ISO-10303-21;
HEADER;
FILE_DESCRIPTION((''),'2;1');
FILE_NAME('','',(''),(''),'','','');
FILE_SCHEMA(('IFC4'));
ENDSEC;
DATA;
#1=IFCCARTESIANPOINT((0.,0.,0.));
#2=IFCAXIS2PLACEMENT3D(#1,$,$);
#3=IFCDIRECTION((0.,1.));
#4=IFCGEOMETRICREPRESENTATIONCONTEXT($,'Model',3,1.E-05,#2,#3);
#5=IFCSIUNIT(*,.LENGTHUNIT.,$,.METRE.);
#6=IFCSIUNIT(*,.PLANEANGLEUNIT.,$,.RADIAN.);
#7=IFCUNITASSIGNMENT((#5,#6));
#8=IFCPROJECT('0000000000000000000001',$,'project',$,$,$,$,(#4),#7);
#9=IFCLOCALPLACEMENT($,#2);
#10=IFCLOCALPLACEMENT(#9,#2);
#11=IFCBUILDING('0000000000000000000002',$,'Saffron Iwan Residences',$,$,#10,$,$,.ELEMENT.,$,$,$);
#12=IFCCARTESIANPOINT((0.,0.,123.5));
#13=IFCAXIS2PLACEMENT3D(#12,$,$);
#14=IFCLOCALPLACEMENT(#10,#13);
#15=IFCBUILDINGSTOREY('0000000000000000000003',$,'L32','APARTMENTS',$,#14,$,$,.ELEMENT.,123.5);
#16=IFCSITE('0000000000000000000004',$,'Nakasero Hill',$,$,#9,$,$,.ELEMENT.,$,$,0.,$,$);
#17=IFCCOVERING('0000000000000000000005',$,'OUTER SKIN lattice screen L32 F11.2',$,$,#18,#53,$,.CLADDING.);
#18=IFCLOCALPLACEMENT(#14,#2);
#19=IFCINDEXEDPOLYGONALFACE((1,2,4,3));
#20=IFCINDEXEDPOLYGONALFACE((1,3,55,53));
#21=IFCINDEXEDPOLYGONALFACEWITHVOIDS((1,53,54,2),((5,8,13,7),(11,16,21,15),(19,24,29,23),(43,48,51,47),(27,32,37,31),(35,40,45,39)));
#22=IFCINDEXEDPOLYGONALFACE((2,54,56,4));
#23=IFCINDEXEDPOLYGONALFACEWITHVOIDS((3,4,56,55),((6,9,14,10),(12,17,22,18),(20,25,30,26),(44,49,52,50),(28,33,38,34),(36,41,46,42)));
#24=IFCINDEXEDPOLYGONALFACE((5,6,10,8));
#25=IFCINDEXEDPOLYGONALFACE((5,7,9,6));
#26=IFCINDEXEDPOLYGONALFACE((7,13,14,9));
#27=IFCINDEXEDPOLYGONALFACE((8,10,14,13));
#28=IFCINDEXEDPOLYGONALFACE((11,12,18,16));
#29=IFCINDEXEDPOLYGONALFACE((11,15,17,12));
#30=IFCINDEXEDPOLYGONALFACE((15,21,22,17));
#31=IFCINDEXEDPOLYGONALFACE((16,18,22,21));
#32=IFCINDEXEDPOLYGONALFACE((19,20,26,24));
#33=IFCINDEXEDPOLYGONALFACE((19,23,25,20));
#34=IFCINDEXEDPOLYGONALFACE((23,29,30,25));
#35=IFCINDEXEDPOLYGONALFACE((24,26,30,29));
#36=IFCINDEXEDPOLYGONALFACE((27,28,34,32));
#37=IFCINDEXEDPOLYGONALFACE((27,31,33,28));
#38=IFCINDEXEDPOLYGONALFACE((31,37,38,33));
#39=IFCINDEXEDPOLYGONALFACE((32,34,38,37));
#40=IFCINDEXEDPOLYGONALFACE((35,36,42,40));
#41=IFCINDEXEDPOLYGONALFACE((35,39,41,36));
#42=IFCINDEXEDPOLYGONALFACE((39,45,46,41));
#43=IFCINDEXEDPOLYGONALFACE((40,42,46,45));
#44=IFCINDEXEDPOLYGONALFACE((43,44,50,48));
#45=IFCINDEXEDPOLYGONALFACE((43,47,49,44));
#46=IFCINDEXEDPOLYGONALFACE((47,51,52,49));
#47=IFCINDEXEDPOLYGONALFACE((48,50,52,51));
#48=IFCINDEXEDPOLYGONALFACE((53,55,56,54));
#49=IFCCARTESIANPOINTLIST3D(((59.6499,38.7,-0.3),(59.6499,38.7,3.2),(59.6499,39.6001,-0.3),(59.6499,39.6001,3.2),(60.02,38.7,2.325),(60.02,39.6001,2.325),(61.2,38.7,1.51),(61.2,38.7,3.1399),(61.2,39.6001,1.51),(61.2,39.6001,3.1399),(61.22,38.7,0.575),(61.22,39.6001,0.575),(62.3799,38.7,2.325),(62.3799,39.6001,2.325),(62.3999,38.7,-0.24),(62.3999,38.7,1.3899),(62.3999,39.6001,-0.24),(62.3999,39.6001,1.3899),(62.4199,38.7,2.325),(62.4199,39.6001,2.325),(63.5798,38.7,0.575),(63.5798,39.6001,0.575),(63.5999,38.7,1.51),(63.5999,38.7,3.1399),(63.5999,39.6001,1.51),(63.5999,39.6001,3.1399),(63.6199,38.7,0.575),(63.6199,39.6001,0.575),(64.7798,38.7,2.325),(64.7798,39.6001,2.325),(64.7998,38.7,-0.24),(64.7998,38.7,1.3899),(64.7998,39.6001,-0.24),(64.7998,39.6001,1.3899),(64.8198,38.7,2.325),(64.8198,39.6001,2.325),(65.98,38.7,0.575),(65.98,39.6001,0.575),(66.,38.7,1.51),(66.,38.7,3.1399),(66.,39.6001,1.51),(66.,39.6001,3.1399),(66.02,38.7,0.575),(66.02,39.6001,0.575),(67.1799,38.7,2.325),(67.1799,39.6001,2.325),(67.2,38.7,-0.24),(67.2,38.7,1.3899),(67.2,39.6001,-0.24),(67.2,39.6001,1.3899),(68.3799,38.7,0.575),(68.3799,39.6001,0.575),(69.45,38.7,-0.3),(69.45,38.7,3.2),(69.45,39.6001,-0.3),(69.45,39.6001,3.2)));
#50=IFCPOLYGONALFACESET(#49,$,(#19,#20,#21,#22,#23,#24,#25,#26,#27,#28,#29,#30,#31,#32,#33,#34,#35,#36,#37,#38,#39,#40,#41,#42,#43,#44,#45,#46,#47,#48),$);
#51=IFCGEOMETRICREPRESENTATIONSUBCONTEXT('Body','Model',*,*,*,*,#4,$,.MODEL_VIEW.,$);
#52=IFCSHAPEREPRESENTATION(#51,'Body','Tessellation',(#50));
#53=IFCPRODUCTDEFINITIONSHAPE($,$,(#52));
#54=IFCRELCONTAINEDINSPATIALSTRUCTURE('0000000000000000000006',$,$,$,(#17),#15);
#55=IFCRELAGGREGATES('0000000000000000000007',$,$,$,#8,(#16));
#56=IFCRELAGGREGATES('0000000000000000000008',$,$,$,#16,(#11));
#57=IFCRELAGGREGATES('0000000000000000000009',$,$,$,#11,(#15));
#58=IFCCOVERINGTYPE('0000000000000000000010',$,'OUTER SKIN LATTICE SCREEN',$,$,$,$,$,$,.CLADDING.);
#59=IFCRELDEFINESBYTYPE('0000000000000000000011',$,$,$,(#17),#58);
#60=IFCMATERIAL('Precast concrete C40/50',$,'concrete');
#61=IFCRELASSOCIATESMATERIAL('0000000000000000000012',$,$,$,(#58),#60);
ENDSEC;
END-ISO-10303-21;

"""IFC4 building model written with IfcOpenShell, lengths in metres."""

from ifc_helpers import new_model, si_unit, direction, frame, origin, place, context, subcontext, project, spatial, polyline, outline, extrude, material, type_object, element, save


model = new_model("IFC4")

# Units and contexts
model_context = context("Model", 3, precision=1e-05, world=origin(), true_north=direction((0.0, 1.0)))
body_context = subcontext(model_context, "Body", "Model", "MODEL_VIEW")
ifc_project = project(units=[si_unit("LENGTHUNIT", "METRE"), si_unit("PLANEANGLEUNIT", "RADIAN")], contexts=[model_context])

# Site, building, storey
site_placement = place(None, origin())
site = spatial("IfcSite", under=ifc_project, at=site_placement, Name="Nakasero Hill", CompositionType="ELEMENT", RefElevation=0.0)
building_placement = place(site_placement, origin())
building = spatial("IfcBuilding", under=site, at=building_placement, Name="Saffron Iwan Residences", CompositionType="ELEMENT")
storey_placement = place(building_placement, frame((0.0, 0.0, 123.5)))
storey = spatial("IfcBuildingStorey", under=building, at=storey_placement, Name="L32", Description="APARTMENTS", CompositionType="ELEMENT", Elevation=123.5)

# Covering
ifc_material_1 = material(Name="Precast concrete C40/50", Category="concrete")
covering_type = type_object("IfcCoveringType", Name="OUTER SKIN LATTICE SCREEN", PredefinedType="CLADDING", material=ifc_material_1)
covering_placement = place(storey_placement, frame((59.6499, 39.6001, -0.3), z_axis=(0.0, -1.0, 0.0), x_axis=(1.0, 0.0, 0.0)))
element("IfcCovering", 1, at=covering_placement, inside=storey, type_object=covering_type, Name="OUTER SKIN lattice screen L32 F11.2", PredefinedType="CLADDING", context=body_context, shape_type="SweptSolid", body=[
    extrude(outline(polyline([(0.0, 0.0), (9.8, 0.0), (9.8, 3.5), (0.0, 3.5), (0.0, 0.0)]), holes=[polyline([(1.5701, 0.875), (2.75, 0.0601), (3.9299, 0.875), (2.75, 1.6899), (1.5701, 0.875)]), polyline([(3.97, 0.875), (5.1499, 0.0601), (6.3301, 0.875), (5.1499, 1.6899), (3.97, 0.875)]), polyline([(6.3701, 0.875), (7.55, 0.0601), (8.73, 0.875), (7.55, 1.6899), (6.3701, 0.875)]), polyline([(0.3701, 2.625), (1.55, 1.8101), (2.73, 2.625), (1.55, 3.4399), (0.3701, 2.625)]), polyline([(2.77, 2.625), (3.95, 1.8101), (5.1299, 2.625), (3.95, 3.4399), (2.77, 2.625)]), polyline([(5.1699, 2.625), (6.3501, 1.8101), (7.53, 2.625), (6.3501, 3.4399), (5.1699, 2.625)])]), origin(), (0.0, 0.0, 1.0), 0.9001),
])

save(model, "model.ifc")
